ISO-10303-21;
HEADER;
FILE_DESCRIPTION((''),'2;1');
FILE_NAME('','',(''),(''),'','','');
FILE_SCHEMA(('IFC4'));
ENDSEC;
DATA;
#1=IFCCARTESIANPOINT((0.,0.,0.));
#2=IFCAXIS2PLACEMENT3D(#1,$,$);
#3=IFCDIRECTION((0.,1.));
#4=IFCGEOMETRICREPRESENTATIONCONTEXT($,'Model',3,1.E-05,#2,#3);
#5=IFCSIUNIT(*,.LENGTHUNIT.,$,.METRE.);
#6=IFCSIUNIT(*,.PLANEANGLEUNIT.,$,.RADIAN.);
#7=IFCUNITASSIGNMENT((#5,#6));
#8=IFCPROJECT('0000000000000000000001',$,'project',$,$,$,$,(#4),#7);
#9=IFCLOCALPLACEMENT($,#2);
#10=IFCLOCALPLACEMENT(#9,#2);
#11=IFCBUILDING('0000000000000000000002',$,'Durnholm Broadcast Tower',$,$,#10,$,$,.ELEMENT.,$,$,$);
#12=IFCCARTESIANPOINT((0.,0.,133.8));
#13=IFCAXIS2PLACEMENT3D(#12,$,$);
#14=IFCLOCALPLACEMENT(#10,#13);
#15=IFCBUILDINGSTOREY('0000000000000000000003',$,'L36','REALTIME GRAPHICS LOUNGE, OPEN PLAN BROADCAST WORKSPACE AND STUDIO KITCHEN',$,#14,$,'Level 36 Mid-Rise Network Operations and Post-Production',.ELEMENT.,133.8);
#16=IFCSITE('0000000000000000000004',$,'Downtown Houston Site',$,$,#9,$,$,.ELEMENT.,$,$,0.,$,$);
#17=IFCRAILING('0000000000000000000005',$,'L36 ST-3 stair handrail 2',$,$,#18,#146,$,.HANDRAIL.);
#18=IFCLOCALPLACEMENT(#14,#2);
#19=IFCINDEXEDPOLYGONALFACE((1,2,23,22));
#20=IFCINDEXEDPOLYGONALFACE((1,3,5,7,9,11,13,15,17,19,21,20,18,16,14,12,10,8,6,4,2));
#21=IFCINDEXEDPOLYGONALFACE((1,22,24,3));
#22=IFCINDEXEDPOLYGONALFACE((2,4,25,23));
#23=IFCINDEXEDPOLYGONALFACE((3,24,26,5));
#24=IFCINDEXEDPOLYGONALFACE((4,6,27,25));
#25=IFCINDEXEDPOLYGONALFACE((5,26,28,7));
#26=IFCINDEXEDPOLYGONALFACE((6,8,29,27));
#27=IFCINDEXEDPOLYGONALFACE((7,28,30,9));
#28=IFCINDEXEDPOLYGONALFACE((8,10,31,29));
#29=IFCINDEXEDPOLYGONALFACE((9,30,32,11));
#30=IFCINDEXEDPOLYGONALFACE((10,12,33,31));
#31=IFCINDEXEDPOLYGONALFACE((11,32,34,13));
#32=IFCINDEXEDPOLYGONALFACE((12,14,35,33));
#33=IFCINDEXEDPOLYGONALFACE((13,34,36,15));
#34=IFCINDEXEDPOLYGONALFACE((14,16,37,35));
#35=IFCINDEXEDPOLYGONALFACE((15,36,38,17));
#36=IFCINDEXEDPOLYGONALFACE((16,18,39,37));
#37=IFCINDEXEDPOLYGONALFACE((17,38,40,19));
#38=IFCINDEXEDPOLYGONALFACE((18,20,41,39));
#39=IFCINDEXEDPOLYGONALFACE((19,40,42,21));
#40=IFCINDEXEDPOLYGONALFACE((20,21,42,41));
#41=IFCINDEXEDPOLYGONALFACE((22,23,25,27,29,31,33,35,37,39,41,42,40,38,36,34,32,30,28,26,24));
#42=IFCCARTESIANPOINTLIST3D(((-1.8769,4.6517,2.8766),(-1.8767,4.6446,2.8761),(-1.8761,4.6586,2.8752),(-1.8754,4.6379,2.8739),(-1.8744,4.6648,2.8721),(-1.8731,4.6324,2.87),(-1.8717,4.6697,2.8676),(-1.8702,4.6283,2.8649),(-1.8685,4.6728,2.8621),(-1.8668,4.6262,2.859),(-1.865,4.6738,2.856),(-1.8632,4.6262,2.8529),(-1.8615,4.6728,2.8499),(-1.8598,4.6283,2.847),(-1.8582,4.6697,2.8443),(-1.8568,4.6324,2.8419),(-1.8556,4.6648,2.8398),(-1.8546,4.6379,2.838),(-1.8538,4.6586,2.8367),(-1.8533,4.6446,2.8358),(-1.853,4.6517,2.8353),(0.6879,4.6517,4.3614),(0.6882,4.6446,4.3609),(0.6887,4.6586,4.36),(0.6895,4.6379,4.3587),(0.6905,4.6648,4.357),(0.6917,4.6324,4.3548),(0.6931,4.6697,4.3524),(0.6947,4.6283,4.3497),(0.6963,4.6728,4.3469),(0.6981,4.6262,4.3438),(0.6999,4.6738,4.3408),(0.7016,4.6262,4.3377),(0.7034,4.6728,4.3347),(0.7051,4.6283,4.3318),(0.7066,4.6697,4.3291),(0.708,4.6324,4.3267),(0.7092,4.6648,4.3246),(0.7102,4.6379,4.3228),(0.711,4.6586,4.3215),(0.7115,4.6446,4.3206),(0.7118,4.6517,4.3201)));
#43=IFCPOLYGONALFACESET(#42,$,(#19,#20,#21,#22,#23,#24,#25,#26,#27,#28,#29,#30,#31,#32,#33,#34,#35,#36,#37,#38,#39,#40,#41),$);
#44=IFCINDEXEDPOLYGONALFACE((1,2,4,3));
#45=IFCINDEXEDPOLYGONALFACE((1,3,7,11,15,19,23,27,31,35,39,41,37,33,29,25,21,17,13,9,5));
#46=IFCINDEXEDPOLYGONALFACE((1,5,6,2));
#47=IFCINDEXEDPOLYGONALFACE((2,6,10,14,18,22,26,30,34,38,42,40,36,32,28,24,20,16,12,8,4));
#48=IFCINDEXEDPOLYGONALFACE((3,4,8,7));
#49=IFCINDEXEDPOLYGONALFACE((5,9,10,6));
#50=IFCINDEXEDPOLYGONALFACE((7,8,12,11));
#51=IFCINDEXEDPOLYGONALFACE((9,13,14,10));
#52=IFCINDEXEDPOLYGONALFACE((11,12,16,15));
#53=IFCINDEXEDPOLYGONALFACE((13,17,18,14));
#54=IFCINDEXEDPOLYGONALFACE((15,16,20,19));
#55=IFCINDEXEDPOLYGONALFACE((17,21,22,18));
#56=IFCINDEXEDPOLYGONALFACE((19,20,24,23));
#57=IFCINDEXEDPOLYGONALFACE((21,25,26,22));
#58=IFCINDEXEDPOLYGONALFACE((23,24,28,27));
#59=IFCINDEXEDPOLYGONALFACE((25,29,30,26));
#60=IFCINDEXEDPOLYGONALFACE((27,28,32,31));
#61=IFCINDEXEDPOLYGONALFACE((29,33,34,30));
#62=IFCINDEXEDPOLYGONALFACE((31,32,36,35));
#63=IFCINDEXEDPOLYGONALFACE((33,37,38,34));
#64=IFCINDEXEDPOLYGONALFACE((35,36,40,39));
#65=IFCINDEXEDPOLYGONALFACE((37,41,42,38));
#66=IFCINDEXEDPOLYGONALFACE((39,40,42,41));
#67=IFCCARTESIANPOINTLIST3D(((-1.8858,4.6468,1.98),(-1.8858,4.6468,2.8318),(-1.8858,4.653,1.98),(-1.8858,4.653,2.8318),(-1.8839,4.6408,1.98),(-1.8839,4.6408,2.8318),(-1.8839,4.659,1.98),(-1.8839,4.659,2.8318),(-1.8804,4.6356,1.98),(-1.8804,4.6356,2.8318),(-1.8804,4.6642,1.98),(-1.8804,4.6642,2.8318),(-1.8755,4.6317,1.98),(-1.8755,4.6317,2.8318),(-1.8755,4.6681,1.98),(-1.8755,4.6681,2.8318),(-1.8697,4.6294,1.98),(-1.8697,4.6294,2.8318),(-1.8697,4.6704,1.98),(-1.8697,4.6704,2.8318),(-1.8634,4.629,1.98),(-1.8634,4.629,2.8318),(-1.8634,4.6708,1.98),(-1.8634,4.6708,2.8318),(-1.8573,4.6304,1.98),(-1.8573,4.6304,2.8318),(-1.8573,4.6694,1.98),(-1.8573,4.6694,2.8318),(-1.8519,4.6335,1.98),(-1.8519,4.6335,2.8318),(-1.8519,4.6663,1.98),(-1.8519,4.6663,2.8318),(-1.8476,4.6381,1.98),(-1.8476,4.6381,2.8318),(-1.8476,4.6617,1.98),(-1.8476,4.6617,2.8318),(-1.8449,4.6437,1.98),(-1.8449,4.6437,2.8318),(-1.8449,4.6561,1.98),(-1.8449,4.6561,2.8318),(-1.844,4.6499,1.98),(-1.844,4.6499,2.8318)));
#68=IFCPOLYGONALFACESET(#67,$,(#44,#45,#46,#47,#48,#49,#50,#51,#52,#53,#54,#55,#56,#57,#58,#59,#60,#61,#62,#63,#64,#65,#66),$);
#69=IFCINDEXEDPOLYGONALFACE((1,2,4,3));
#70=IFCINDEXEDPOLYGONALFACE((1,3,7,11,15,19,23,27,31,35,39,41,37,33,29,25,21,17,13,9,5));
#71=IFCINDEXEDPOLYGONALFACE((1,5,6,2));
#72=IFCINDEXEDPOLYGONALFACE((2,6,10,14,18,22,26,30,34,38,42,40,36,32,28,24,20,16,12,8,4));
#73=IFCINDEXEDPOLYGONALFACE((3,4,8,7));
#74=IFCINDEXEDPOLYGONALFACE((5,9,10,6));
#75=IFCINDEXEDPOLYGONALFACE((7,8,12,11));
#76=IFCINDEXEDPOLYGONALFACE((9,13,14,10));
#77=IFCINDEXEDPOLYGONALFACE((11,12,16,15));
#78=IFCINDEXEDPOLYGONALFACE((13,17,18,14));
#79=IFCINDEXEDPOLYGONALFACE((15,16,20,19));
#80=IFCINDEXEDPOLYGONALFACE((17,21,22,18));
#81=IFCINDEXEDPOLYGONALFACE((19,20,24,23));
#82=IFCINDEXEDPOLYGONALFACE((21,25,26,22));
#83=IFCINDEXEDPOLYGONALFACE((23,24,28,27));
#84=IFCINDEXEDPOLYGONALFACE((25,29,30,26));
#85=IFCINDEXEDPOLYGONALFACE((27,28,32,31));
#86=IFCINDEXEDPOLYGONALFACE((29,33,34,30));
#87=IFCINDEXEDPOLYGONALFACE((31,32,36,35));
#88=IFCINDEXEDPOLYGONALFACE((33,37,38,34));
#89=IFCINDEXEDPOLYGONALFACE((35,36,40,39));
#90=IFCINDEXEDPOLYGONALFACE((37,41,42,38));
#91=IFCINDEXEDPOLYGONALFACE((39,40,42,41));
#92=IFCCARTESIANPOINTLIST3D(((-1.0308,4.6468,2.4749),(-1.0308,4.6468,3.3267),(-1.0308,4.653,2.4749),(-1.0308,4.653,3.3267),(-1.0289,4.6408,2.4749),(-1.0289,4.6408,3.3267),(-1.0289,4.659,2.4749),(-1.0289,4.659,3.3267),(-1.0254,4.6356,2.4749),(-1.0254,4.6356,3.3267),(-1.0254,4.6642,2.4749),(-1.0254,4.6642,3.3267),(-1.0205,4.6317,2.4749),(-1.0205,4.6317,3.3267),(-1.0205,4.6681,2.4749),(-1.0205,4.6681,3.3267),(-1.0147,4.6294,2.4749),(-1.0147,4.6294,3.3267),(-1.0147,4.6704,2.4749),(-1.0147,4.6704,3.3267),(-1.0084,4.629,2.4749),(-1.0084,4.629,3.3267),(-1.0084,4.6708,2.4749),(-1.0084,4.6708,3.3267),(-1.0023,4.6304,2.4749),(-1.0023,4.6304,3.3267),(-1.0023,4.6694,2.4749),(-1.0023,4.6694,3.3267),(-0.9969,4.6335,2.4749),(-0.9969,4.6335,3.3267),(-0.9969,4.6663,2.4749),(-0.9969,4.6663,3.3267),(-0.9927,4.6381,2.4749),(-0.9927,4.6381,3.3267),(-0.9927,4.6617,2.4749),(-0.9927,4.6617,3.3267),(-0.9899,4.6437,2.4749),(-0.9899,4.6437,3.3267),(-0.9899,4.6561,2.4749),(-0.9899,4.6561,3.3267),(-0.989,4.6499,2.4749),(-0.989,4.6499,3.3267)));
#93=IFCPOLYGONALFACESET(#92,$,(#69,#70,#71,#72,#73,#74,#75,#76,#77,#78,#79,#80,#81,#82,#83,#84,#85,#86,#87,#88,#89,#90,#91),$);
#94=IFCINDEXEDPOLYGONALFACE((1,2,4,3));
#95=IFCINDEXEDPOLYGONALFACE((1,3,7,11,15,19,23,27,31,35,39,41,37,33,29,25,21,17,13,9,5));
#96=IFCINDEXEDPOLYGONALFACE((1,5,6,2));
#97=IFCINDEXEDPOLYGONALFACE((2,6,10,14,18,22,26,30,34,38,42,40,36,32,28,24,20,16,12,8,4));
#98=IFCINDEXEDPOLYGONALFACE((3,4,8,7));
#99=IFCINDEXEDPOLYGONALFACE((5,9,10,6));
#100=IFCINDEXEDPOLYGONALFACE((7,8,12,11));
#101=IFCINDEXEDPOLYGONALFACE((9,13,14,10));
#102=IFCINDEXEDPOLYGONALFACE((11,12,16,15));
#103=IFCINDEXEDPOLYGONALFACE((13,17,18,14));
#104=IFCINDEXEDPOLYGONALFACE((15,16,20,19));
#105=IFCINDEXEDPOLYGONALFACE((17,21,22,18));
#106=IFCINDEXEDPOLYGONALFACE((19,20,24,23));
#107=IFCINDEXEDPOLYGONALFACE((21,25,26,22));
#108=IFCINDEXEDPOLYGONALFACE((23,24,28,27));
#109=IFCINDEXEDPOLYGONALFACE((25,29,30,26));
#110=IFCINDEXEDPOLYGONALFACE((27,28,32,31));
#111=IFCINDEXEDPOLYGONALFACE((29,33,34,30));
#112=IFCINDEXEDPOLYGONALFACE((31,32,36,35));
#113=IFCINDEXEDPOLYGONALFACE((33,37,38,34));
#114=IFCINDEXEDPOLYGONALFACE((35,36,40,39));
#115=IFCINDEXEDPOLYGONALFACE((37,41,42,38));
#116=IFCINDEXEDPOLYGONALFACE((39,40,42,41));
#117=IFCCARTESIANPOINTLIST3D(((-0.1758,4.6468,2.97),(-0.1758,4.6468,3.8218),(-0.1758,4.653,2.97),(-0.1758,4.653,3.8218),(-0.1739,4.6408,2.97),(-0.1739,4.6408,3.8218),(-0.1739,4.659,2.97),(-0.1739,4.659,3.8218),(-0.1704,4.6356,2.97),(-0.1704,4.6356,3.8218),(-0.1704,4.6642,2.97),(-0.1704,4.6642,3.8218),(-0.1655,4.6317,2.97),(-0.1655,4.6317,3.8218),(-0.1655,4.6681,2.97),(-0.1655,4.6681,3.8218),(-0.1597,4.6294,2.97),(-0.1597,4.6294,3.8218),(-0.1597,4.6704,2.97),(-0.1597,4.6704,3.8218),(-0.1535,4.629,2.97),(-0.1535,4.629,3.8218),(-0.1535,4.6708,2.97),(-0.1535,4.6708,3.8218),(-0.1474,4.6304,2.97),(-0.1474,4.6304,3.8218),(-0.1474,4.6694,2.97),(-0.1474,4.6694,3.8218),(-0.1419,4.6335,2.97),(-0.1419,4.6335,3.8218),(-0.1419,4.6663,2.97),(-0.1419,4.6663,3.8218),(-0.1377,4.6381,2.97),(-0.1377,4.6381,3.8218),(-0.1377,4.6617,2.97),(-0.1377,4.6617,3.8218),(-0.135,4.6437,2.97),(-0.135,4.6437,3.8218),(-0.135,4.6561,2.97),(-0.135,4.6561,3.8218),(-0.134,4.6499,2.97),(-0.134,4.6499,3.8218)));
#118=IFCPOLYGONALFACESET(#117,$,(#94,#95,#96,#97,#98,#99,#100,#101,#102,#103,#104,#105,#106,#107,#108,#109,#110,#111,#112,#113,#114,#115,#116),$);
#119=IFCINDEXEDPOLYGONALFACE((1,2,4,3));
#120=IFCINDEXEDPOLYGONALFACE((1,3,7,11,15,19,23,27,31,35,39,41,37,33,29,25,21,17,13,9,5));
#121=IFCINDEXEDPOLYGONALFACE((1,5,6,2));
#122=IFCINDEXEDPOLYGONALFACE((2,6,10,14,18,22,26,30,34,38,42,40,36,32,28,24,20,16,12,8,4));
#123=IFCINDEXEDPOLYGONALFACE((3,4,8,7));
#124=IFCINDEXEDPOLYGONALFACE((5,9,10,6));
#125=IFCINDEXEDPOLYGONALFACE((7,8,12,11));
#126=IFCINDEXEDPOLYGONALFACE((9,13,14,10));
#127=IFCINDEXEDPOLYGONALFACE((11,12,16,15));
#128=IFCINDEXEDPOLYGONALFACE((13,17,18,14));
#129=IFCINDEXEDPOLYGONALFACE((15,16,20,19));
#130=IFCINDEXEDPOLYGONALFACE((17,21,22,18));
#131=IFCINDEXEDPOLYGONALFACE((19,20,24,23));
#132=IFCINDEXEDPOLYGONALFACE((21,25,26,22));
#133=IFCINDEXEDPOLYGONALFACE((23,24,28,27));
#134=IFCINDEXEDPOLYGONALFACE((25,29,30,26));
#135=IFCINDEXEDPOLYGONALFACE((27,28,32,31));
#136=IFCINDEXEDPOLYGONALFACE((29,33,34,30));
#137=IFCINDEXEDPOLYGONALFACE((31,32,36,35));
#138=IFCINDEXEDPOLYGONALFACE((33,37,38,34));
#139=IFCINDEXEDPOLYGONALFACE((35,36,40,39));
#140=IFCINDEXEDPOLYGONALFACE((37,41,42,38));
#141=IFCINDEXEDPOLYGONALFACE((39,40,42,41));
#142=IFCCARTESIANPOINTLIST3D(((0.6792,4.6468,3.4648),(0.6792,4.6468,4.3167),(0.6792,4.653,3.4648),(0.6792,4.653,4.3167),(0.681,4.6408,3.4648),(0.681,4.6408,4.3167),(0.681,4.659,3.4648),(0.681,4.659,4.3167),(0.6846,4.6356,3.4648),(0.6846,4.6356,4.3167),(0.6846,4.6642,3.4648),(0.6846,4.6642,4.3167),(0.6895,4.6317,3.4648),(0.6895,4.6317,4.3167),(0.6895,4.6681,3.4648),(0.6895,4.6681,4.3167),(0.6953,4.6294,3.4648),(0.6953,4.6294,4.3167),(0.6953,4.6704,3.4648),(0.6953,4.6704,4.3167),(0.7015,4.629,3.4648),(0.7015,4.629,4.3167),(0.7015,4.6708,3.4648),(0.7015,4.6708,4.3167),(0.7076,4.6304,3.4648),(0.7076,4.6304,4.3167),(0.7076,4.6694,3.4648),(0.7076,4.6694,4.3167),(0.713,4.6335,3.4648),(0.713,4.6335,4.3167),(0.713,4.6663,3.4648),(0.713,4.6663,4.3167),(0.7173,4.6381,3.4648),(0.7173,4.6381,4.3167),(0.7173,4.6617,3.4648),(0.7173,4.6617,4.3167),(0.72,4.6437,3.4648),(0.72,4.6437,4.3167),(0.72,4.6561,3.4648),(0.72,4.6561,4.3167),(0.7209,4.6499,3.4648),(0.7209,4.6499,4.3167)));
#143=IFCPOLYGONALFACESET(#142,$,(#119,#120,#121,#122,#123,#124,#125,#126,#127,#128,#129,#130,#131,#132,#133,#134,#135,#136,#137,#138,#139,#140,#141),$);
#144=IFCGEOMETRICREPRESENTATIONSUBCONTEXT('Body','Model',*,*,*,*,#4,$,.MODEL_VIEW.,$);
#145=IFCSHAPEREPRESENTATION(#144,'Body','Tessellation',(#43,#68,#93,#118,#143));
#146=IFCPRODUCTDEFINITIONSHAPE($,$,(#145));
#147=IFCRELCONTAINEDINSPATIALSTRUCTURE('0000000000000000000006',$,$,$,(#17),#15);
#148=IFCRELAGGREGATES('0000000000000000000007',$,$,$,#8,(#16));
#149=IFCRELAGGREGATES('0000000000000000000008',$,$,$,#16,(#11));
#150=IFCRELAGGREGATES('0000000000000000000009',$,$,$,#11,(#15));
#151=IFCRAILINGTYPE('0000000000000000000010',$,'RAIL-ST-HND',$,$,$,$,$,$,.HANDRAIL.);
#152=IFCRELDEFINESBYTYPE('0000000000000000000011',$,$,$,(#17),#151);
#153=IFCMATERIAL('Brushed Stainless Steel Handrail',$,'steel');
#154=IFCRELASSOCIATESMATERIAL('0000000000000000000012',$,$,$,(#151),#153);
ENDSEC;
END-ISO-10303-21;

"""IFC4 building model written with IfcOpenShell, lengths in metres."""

from ifc_helpers import new_model, si_unit, direction, frame, origin, origin_2d, place, context, subcontext, project, spatial, circle, extrude, material, type_object, element, save


model = new_model("IFC4")

# Units and contexts
model_context = context("Model", 3, precision=1e-05, world=origin(), true_north=direction((0.0, 1.0)))
body_context = subcontext(model_context, "Body", "Model", "MODEL_VIEW")
ifc_project = project(units=[si_unit("LENGTHUNIT", "METRE"), si_unit("PLANEANGLEUNIT", "RADIAN")], contexts=[model_context])

# Site, building, storey
site_placement = place(None, origin())
site = spatial("IfcSite", under=ifc_project, at=site_placement, Name="Downtown Houston Site", CompositionType="ELEMENT", RefElevation=0.0)
building_placement = place(site_placement, origin())
building = spatial("IfcBuilding", under=site, at=building_placement, Name="Durnholm Broadcast Tower", CompositionType="ELEMENT")
storey_placement = place(building_placement, frame((0.0, 0.0, 133.8)))
storey = spatial("IfcBuildingStorey", under=building, at=storey_placement, Name="L36", Description="REALTIME GRAPHICS LOUNGE, OPEN PLAN BROADCAST WORKSPACE AND STUDIO KITCHEN", LongName="Level 36 Mid-Rise Network Operations and Post-Production", CompositionType="ELEMENT", Elevation=133.8)

# Railing
ifc_material_1 = material(Name="Brushed Stainless Steel Handrail", Category="steel")
railing_type_1 = type_object("IfcRailingType", Name="RAIL-ST-HND", PredefinedType="HANDRAIL", material=ifc_material_1)
railing_1_placement = place(storey_placement, frame((-1.865, 4.6499, 1.98)))
element("IfcRailing", 1, at=railing_1_placement, inside=storey, type_object=railing_type_1, Name="L36 ST-3 stair handrail 2", PredefinedType="HANDRAIL", context=body_context, shape_type="SweptSolid", body=[
    extrude(circle(Radius=0.0239, at=origin_2d()), frame((0.0, 0.0, 0.876), z_axis=(0.865441, 0.0, 0.50101), x_axis=(0.0, 1.0, 0.0)), (0.0, 0.0, 1.0), 2.9636),
    extrude(circle(Radius=0.021, at=origin_2d()), origin(), (0.0, 0.0, 1.0), 0.8518),
    extrude(circle(Radius=0.021, at=origin_2d()), frame((0.855, 0.0, 0.4949)), (0.0, 0.0, 1.0), 0.8518),
    extrude(circle(Radius=0.021, at=origin_2d()), frame((1.71, 0.0, 0.99)), (0.0, 0.0, 1.0), 0.8518),
    extrude(circle(Radius=0.021, at=origin_2d()), frame((2.5649, 0.0, 1.4849)), (0.0, 0.0, 1.0), 0.8518),
])

save(model, "model.ifc")
